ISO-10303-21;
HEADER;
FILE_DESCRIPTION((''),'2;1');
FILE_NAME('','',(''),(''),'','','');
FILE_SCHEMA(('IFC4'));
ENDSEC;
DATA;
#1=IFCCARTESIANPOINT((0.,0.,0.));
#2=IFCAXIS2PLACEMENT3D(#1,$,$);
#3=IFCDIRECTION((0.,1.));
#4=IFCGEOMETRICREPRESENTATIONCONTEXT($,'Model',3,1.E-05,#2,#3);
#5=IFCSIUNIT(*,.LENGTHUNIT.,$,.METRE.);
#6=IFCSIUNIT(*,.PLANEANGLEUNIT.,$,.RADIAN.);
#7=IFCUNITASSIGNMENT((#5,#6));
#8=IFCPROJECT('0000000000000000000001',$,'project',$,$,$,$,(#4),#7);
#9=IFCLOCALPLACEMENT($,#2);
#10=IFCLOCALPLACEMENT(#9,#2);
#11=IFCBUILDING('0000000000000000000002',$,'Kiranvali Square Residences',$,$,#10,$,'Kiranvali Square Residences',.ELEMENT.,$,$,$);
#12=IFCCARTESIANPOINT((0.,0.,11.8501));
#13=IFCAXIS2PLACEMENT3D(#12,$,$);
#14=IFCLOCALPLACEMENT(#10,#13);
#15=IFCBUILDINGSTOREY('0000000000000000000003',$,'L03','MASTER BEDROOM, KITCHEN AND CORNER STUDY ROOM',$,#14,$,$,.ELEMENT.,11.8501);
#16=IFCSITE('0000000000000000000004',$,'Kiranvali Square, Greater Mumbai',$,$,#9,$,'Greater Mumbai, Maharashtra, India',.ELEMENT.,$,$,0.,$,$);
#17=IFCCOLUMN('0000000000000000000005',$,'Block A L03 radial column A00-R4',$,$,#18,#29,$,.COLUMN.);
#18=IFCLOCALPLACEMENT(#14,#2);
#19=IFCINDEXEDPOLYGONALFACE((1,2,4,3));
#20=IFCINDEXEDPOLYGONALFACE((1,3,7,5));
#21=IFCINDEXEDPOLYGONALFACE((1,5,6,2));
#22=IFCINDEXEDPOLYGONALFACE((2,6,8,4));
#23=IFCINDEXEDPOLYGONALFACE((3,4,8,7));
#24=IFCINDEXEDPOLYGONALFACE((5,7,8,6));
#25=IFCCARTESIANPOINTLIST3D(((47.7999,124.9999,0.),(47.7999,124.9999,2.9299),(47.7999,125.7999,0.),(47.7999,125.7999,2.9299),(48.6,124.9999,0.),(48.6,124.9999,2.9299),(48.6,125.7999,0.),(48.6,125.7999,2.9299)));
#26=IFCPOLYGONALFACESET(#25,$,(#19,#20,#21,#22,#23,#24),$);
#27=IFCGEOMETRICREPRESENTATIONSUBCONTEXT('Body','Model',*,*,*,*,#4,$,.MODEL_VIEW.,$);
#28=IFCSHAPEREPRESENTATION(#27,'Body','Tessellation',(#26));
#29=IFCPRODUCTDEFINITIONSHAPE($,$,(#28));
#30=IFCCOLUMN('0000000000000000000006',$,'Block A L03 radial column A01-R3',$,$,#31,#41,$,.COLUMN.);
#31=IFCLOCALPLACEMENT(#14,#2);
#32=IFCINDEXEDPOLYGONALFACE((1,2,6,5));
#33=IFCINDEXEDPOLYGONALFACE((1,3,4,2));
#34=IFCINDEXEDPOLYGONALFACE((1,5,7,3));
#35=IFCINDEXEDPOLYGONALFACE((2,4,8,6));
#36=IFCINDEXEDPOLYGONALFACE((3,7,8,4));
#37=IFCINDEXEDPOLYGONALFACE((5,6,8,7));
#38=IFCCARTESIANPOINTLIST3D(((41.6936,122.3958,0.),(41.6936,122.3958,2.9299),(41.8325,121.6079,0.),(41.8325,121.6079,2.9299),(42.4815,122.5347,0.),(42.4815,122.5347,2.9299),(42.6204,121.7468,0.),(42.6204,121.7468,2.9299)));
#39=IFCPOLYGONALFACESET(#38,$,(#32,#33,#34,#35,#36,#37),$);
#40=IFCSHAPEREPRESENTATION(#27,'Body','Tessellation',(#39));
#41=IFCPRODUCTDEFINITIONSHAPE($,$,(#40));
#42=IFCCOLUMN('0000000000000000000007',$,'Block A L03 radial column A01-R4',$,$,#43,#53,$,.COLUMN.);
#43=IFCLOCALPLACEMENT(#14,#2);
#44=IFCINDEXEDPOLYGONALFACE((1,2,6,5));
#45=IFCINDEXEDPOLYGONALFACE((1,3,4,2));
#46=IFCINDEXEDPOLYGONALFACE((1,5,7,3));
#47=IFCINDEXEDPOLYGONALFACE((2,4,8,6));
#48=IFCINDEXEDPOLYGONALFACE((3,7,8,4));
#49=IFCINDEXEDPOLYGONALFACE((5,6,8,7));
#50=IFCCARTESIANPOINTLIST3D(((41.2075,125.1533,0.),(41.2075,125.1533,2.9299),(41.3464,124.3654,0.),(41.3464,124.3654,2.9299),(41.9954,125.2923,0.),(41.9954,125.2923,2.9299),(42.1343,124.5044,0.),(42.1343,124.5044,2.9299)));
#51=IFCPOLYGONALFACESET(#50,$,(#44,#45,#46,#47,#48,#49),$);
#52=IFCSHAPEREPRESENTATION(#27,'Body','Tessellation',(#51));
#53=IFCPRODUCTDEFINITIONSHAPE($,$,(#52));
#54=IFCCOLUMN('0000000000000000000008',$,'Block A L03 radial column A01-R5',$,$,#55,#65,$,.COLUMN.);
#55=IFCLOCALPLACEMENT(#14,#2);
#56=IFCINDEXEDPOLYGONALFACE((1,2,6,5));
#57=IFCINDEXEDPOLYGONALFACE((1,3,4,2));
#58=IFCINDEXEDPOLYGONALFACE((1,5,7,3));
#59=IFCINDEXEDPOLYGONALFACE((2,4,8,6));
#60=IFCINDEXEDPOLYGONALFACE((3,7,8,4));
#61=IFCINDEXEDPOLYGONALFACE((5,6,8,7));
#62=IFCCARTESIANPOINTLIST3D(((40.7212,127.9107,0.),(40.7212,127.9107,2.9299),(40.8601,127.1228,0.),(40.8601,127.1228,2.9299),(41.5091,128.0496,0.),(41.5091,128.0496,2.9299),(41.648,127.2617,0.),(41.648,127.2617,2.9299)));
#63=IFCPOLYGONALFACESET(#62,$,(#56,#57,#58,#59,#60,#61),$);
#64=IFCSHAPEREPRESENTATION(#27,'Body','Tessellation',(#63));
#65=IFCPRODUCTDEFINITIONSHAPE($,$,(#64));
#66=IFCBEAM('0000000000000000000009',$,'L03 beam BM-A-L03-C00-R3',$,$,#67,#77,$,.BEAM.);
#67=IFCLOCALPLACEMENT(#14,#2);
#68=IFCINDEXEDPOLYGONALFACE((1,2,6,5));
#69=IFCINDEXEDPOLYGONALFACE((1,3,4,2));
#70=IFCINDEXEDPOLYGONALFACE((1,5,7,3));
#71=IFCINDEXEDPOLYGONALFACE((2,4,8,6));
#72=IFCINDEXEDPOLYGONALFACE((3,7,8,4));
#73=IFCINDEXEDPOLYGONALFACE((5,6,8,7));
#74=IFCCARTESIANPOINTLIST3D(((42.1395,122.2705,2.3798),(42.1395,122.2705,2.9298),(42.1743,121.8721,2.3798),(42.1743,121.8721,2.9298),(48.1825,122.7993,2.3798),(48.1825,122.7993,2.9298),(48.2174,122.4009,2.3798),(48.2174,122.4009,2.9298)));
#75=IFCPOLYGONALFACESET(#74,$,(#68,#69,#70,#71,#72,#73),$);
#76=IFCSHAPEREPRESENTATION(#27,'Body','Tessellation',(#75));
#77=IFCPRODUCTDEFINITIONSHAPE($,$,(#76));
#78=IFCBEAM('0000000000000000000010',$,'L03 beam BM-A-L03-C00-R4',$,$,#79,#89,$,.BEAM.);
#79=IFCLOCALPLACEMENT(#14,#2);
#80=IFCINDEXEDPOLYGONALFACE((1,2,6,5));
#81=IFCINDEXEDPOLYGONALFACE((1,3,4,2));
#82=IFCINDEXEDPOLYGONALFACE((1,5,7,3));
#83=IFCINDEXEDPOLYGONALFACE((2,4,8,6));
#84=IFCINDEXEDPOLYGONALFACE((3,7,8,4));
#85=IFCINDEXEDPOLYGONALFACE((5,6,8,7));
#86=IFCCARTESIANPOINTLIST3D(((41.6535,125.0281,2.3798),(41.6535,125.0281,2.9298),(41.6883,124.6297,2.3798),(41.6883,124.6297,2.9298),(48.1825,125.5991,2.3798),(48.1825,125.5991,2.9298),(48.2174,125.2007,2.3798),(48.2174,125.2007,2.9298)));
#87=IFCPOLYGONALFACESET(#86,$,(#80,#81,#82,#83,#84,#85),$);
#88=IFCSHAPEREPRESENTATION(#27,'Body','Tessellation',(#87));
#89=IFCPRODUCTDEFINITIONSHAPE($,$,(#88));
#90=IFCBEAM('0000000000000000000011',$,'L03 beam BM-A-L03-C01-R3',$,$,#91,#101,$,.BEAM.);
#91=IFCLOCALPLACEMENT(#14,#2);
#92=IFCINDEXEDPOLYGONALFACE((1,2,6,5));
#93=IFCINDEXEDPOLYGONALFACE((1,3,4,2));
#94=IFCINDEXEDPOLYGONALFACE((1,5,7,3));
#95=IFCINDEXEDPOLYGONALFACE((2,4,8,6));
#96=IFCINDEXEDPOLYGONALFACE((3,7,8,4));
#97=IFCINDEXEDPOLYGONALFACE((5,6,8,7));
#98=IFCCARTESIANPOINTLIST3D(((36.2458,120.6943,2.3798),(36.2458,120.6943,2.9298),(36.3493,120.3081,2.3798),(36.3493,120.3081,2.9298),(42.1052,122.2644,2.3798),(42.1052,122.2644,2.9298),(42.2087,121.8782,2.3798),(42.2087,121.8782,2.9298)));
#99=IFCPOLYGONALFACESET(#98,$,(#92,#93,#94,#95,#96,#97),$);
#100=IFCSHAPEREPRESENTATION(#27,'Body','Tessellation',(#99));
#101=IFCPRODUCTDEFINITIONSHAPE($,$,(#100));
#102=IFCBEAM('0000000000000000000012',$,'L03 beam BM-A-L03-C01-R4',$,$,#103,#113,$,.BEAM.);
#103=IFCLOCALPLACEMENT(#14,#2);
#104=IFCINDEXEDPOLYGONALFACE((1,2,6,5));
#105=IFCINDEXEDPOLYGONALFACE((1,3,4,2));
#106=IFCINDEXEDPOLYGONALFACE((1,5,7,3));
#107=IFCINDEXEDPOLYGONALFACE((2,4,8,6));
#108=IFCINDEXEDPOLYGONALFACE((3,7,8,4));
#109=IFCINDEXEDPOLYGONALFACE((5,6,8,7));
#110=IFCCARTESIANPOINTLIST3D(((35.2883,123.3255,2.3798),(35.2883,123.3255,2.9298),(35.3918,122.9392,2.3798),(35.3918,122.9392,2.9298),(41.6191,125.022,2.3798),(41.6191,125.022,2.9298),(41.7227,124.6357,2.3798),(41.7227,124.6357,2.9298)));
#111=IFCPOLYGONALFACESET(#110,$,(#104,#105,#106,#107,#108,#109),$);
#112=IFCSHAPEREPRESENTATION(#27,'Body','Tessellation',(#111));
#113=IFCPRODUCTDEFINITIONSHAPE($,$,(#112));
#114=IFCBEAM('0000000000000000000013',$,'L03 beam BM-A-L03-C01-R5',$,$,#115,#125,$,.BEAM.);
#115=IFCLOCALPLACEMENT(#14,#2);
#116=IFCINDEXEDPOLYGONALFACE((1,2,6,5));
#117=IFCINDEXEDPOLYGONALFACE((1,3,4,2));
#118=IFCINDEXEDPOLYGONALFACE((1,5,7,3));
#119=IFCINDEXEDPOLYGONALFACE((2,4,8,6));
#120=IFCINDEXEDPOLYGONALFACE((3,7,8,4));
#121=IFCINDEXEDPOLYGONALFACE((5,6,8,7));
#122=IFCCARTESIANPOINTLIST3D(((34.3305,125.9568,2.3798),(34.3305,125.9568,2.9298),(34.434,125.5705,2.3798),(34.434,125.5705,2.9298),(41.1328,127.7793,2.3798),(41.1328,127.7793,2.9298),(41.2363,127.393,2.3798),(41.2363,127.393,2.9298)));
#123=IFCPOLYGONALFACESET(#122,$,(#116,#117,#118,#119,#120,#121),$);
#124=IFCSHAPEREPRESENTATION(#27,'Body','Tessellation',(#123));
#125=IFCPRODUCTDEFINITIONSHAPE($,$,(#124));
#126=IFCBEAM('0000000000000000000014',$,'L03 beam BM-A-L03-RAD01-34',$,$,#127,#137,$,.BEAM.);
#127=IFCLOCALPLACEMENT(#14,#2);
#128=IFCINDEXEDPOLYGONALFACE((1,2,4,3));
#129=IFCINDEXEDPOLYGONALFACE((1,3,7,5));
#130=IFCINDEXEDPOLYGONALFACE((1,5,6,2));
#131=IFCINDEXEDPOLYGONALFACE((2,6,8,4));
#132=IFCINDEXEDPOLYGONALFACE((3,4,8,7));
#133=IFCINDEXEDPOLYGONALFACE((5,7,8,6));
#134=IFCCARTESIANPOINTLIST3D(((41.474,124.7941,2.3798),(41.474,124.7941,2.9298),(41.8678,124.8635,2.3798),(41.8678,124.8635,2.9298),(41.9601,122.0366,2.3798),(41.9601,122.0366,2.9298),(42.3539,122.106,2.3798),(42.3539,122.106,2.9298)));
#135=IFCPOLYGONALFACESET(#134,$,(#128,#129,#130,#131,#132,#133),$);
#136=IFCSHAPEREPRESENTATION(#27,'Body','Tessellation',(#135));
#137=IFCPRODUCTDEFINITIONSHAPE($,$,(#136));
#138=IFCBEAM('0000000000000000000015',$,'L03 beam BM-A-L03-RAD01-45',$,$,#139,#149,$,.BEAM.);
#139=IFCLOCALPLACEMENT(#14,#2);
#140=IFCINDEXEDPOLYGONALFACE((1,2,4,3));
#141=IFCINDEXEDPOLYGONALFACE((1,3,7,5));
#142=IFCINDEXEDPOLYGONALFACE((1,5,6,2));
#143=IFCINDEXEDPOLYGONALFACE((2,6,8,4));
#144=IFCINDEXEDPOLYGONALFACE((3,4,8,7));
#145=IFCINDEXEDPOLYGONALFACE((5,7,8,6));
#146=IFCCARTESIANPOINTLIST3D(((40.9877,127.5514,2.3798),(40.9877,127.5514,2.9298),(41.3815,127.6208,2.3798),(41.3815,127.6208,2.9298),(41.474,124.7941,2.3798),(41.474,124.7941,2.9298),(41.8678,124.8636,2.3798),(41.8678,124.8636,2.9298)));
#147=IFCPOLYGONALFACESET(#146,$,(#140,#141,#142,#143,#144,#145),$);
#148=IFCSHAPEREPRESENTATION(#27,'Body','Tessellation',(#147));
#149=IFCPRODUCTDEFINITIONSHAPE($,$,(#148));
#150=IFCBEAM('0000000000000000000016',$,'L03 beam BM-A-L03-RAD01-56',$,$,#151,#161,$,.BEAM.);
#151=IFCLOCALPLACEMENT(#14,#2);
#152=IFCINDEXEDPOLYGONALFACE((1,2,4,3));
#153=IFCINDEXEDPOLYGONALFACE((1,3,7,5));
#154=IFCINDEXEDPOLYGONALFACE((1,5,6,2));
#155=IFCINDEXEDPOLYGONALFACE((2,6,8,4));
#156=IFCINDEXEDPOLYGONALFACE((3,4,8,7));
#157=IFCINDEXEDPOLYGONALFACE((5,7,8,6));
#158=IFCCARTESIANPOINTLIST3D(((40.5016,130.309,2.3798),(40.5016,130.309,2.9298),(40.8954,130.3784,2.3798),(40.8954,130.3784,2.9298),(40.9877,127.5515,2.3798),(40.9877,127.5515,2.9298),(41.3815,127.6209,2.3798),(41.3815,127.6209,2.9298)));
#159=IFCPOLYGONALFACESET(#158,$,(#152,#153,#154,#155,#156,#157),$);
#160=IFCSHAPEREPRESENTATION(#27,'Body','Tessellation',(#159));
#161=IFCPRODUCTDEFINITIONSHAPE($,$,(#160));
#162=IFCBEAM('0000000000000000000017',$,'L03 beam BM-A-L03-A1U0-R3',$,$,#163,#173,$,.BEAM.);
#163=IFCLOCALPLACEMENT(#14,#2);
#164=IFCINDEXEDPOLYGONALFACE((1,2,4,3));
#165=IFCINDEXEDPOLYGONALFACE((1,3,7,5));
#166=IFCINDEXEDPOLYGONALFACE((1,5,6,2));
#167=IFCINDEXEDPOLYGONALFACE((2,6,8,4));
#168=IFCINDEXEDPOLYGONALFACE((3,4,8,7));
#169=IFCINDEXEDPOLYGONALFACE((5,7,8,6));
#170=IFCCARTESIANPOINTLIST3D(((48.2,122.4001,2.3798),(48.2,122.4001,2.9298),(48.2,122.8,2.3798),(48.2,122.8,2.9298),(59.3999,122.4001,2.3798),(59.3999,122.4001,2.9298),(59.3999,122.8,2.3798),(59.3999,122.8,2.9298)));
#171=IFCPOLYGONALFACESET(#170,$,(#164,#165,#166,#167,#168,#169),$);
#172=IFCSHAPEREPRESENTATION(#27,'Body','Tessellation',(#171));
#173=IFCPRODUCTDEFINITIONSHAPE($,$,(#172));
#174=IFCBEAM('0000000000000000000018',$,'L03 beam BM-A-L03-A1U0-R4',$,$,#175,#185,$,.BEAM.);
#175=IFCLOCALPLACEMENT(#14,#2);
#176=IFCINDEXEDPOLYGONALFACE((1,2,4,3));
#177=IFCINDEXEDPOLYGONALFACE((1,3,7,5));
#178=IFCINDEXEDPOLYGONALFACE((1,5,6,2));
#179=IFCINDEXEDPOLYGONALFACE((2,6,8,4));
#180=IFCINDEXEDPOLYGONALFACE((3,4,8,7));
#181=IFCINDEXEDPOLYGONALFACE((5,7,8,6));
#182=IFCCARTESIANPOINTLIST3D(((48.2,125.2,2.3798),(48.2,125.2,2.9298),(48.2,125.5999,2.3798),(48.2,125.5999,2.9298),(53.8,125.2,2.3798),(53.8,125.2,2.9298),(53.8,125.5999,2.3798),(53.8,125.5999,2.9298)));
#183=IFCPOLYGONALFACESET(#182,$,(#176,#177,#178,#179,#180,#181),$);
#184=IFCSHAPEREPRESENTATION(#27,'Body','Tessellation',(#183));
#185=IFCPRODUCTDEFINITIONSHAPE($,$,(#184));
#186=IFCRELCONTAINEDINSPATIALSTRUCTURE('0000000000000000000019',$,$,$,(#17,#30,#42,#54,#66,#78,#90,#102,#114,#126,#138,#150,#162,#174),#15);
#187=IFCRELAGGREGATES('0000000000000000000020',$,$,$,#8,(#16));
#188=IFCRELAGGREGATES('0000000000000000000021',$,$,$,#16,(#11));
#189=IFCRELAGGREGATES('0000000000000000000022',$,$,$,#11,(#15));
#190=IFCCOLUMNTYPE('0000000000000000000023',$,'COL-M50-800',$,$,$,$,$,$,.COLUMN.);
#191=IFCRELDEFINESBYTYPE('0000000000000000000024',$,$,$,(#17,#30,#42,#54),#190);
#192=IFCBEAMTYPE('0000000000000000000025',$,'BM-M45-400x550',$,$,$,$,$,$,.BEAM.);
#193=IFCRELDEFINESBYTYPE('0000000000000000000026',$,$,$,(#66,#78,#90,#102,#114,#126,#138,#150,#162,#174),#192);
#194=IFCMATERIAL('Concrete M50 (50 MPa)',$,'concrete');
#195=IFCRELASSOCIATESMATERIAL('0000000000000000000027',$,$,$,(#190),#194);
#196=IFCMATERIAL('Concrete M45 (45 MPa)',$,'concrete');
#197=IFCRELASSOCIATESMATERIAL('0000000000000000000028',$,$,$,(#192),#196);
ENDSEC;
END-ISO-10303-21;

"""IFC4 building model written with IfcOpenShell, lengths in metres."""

from ifc_helpers import new_model, si_unit, direction, frame, origin, origin_2d, place, context, subcontext, project, spatial, rectangle, extrude, material, material_profile, profile_set, type_object, element, save


model = new_model("IFC4")

# Units and contexts
model_context = context("Model", 3, precision=1e-05, world=origin(), true_north=direction((0.0, 1.0)))
body_context = subcontext(model_context, "Body", "Model", "MODEL_VIEW")
ifc_project = project(units=[si_unit("LENGTHUNIT", "METRE"), si_unit("PLANEANGLEUNIT", "RADIAN")], contexts=[model_context])

# Site, building, storey
site_placement = place(None, origin())
site = spatial("IfcSite", under=ifc_project, at=site_placement, Name="Kiranvali Square, Greater Mumbai", LongName="Greater Mumbai, Maharashtra, India", CompositionType="ELEMENT", RefElevation=0.0)
building_placement = place(site_placement, origin())
building = spatial("IfcBuilding", under=site, at=building_placement, Name="Kiranvali Square Residences", LongName="Kiranvali Square Residences", CompositionType="ELEMENT")
storey_placement = place(building_placement, frame((0.0, 0.0, 11.8501)))
storey = spatial("IfcBuildingStorey", under=building, at=storey_placement, Name="L03", Description="MASTER BEDROOM, KITCHEN AND CORNER STUDY ROOM", CompositionType="ELEMENT", Elevation=11.8501)

# Columns
ifc_material_1 = material(Name="Concrete M50 (50 MPa)", Category="concrete")
ifc_material_profile_1 = material_profile(ifc_material_1, rectangle(XDim=0.8, YDim=0.8, at=origin_2d()), Name="RC 800x800")
ifc_profile_set_1 = profile_set([ifc_material_profile_1], Name="Concrete M50 (50 MPa)")
column_type = type_object("IfcColumnType", Name="COL-M50-800", PredefinedType="COLUMN", material=ifc_profile_set_1)
for number, where, z_axis, x_axis, name in (
    (1, (48.2, 125.3999, 0.0), (0.0, 0.0, 1.0), (1.0, 0.0, 0.0), "Block A L03 radial column A00-R4"),
    (2, (42.157, 122.0713, 0.0), (0.0, 0.0, 1.0), (0.984808, 0.173648, 0.0), "Block A L03 radial column A01-R3"),
    (3, (41.6709, 124.8289, 0.0), (0.0, 0.0, 1.0), (0.984808, 0.173648, 0.0), "Block A L03 radial column A01-R4"),
    (4, (41.1846, 127.5862, 0.0), (0.0, 0.0, 1.0), (0.984808, 0.173648, 0.0), "Block A L03 radial column A01-R5"),
):
    element("IfcColumn", number, at=place(storey_placement, frame(where, z_axis=z_axis, x_axis=x_axis)), inside=storey, type_object=column_type, Name=name, PredefinedType="COLUMN", context=body_context, shape_type="SweptSolid", body=[
        extrude(rectangle(XDim=0.8, YDim=0.8, at=origin_2d()), origin(), (0.0, 0.0, 1.0), 2.9299),
    ])

# Beams
ifc_material_2 = material(Name="Concrete M45 (45 MPa)", Category="concrete")
ifc_material_profile_2 = material_profile(ifc_material_2, rectangle(XDim=0.3999, YDim=0.55, at=origin_2d()), Name="RC 400x550")
ifc_profile_set_2 = profile_set([ifc_material_profile_2], Name="Concrete M45 (45 MPa)")
beam_type = type_object("IfcBeamType", Name="BM-M45-400x550", PredefinedType="BEAM", material=ifc_profile_set_2)
beam_1_placement = place(storey_placement, frame((48.2, 122.6001, 2.6548), z_axis=(-0.996193, -0.087175, 0.0), x_axis=(0.087175, -0.996193, 0.0)))
element("IfcBeam", 5, at=beam_1_placement, inside=storey, type_object=beam_type, Name="L03 beam BM-A-L03-C00-R3", PredefinedType="BEAM", context=body_context, shape_type="SweptSolid", body=[
    extrude(rectangle(XDim=0.3999, YDim=0.55, at=origin_2d()), origin(), (0.0, 0.0, 1.0), 6.0662),
])
beam_2_placement = place(storey_placement, frame((48.2, 125.3999, 2.6548), z_axis=(-0.996197, -0.08713, 0.0), x_axis=(0.08713, -0.996197, 0.0)))
element("IfcBeam", 6, at=beam_2_placement, inside=storey, type_object=beam_type, Name="L03 beam BM-A-L03-C00-R4", PredefinedType="BEAM", context=body_context, shape_type="SweptSolid", body=[
    extrude(rectangle(XDim=0.3999, YDim=0.55, at=origin_2d()), origin(), (0.0, 0.0, 1.0), 6.554),
])
beam_3_placement = place(storey_placement, frame((42.157, 122.0713, 2.6548), z_axis=(-0.965924, -0.258827, 0.0), x_axis=(0.258827, -0.965924, 0.0)))
element("IfcBeam", 7, at=beam_3_placement, inside=storey, type_object=beam_type, Name="L03 beam BM-A-L03-C01-R3", PredefinedType="BEAM", context=body_context, shape_type="SweptSolid", body=[
    extrude(rectangle(XDim=0.3999, YDim=0.55, at=origin_2d()), origin(), (0.0, 0.0, 1.0), 6.0662),
])
beam_4_placement = place(storey_placement, frame((41.6709, 124.8289, 2.6548), z_axis=(-0.965918, -0.258847, 0.0), x_axis=(0.258847, -0.965918, 0.0)))
element("IfcBeam", 8, at=beam_4_placement, inside=storey, type_object=beam_type, Name="L03 beam BM-A-L03-C01-R4", PredefinedType="BEAM", context=body_context, shape_type="SweptSolid", body=[
    extrude(rectangle(XDim=0.3999, YDim=0.55, at=origin_2d()), origin(), (0.0, 0.0, 1.0), 6.5542),
])
beam_5_placement = place(storey_placement, frame((41.1846, 127.5862, 2.6548), z_axis=(-0.965931, -0.2588, 0.0), x_axis=(0.2588, -0.965931, 0.0)))
element("IfcBeam", 9, at=beam_5_placement, inside=storey, type_object=beam_type, Name="L03 beam BM-A-L03-C01-R5", PredefinedType="BEAM", context=body_context, shape_type="SweptSolid", body=[
    extrude(rectangle(XDim=0.3999, YDim=0.55, at=origin_2d()), origin(), (0.0, 0.0, 1.0), 7.0422),
])
beam_6_placement = place(storey_placement, frame((42.157, 122.0713, 2.6548), z_axis=(-0.173596, 0.984817, 0.0), x_axis=(-0.984817, -0.173596, 0.0)))
element("IfcBeam", 10, at=beam_6_placement, inside=storey, type_object=beam_type, Name="L03 beam BM-A-L03-RAD01-34", PredefinedType="BEAM", context=body_context, shape_type="SweptSolid", body=[
    extrude(rectangle(XDim=0.3999, YDim=0.55, at=origin_2d()), origin(), (0.0, 0.0, 1.0), 2.8),
])
beam_7_placement = place(storey_placement, frame((41.6709, 124.8289, 2.6548), z_axis=(-0.173696, 0.984799, 0.0), x_axis=(-0.984799, -0.173696, 0.0)))
element("IfcBeam", 11, at=beam_7_placement, inside=storey, type_object=beam_type, Name="L03 beam BM-A-L03-RAD01-45", PredefinedType="BEAM", context=body_context, shape_type="SweptSolid", body=[
    extrude(rectangle(XDim=0.3999, YDim=0.55, at=origin_2d()), origin(), (0.0, 0.0, 1.0), 2.7998),
])
beam_8_placement = place(storey_placement, frame((41.1846, 127.5862, 2.6548), z_axis=(-0.173596, 0.984817, 0.0), x_axis=(-0.984817, -0.173596, 0.0)))
element("IfcBeam", 12, at=beam_8_placement, inside=storey, type_object=beam_type, Name="L03 beam BM-A-L03-RAD01-56", PredefinedType="BEAM", context=body_context, shape_type="SweptSolid", body=[
    extrude(rectangle(XDim=0.3999, YDim=0.55, at=origin_2d()), origin(), (0.0, 0.0, 1.0), 2.8),
])
beam_9_placement = place(storey_placement, frame((48.2, 122.6001, 2.6548), z_axis=(1.0, 0.0, 0.0), x_axis=(0.0, 1.0, 0.0)))
element("IfcBeam", 13, at=beam_9_placement, inside=storey, type_object=beam_type, Name="L03 beam BM-A-L03-A1U0-R3", PredefinedType="BEAM", context=body_context, shape_type="SweptSolid", body=[
    extrude(rectangle(XDim=0.3999, YDim=0.55, at=origin_2d()), origin(), (0.0, 0.0, 1.0), 11.2),
])
beam_10_placement = place(storey_placement, frame((48.2, 125.3999, 2.6548), z_axis=(1.0, 0.0, 0.0), x_axis=(0.0, 1.0, 0.0)))
element("IfcBeam", 14, at=beam_10_placement, inside=storey, type_object=beam_type, Name="L03 beam BM-A-L03-A1U0-R4", PredefinedType="BEAM", context=body_context, shape_type="SweptSolid", body=[
    extrude(rectangle(XDim=0.3999, YDim=0.55, at=origin_2d()), origin(), (0.0, 0.0, 1.0), 5.6001),
])

save(model, "model.ifc")
